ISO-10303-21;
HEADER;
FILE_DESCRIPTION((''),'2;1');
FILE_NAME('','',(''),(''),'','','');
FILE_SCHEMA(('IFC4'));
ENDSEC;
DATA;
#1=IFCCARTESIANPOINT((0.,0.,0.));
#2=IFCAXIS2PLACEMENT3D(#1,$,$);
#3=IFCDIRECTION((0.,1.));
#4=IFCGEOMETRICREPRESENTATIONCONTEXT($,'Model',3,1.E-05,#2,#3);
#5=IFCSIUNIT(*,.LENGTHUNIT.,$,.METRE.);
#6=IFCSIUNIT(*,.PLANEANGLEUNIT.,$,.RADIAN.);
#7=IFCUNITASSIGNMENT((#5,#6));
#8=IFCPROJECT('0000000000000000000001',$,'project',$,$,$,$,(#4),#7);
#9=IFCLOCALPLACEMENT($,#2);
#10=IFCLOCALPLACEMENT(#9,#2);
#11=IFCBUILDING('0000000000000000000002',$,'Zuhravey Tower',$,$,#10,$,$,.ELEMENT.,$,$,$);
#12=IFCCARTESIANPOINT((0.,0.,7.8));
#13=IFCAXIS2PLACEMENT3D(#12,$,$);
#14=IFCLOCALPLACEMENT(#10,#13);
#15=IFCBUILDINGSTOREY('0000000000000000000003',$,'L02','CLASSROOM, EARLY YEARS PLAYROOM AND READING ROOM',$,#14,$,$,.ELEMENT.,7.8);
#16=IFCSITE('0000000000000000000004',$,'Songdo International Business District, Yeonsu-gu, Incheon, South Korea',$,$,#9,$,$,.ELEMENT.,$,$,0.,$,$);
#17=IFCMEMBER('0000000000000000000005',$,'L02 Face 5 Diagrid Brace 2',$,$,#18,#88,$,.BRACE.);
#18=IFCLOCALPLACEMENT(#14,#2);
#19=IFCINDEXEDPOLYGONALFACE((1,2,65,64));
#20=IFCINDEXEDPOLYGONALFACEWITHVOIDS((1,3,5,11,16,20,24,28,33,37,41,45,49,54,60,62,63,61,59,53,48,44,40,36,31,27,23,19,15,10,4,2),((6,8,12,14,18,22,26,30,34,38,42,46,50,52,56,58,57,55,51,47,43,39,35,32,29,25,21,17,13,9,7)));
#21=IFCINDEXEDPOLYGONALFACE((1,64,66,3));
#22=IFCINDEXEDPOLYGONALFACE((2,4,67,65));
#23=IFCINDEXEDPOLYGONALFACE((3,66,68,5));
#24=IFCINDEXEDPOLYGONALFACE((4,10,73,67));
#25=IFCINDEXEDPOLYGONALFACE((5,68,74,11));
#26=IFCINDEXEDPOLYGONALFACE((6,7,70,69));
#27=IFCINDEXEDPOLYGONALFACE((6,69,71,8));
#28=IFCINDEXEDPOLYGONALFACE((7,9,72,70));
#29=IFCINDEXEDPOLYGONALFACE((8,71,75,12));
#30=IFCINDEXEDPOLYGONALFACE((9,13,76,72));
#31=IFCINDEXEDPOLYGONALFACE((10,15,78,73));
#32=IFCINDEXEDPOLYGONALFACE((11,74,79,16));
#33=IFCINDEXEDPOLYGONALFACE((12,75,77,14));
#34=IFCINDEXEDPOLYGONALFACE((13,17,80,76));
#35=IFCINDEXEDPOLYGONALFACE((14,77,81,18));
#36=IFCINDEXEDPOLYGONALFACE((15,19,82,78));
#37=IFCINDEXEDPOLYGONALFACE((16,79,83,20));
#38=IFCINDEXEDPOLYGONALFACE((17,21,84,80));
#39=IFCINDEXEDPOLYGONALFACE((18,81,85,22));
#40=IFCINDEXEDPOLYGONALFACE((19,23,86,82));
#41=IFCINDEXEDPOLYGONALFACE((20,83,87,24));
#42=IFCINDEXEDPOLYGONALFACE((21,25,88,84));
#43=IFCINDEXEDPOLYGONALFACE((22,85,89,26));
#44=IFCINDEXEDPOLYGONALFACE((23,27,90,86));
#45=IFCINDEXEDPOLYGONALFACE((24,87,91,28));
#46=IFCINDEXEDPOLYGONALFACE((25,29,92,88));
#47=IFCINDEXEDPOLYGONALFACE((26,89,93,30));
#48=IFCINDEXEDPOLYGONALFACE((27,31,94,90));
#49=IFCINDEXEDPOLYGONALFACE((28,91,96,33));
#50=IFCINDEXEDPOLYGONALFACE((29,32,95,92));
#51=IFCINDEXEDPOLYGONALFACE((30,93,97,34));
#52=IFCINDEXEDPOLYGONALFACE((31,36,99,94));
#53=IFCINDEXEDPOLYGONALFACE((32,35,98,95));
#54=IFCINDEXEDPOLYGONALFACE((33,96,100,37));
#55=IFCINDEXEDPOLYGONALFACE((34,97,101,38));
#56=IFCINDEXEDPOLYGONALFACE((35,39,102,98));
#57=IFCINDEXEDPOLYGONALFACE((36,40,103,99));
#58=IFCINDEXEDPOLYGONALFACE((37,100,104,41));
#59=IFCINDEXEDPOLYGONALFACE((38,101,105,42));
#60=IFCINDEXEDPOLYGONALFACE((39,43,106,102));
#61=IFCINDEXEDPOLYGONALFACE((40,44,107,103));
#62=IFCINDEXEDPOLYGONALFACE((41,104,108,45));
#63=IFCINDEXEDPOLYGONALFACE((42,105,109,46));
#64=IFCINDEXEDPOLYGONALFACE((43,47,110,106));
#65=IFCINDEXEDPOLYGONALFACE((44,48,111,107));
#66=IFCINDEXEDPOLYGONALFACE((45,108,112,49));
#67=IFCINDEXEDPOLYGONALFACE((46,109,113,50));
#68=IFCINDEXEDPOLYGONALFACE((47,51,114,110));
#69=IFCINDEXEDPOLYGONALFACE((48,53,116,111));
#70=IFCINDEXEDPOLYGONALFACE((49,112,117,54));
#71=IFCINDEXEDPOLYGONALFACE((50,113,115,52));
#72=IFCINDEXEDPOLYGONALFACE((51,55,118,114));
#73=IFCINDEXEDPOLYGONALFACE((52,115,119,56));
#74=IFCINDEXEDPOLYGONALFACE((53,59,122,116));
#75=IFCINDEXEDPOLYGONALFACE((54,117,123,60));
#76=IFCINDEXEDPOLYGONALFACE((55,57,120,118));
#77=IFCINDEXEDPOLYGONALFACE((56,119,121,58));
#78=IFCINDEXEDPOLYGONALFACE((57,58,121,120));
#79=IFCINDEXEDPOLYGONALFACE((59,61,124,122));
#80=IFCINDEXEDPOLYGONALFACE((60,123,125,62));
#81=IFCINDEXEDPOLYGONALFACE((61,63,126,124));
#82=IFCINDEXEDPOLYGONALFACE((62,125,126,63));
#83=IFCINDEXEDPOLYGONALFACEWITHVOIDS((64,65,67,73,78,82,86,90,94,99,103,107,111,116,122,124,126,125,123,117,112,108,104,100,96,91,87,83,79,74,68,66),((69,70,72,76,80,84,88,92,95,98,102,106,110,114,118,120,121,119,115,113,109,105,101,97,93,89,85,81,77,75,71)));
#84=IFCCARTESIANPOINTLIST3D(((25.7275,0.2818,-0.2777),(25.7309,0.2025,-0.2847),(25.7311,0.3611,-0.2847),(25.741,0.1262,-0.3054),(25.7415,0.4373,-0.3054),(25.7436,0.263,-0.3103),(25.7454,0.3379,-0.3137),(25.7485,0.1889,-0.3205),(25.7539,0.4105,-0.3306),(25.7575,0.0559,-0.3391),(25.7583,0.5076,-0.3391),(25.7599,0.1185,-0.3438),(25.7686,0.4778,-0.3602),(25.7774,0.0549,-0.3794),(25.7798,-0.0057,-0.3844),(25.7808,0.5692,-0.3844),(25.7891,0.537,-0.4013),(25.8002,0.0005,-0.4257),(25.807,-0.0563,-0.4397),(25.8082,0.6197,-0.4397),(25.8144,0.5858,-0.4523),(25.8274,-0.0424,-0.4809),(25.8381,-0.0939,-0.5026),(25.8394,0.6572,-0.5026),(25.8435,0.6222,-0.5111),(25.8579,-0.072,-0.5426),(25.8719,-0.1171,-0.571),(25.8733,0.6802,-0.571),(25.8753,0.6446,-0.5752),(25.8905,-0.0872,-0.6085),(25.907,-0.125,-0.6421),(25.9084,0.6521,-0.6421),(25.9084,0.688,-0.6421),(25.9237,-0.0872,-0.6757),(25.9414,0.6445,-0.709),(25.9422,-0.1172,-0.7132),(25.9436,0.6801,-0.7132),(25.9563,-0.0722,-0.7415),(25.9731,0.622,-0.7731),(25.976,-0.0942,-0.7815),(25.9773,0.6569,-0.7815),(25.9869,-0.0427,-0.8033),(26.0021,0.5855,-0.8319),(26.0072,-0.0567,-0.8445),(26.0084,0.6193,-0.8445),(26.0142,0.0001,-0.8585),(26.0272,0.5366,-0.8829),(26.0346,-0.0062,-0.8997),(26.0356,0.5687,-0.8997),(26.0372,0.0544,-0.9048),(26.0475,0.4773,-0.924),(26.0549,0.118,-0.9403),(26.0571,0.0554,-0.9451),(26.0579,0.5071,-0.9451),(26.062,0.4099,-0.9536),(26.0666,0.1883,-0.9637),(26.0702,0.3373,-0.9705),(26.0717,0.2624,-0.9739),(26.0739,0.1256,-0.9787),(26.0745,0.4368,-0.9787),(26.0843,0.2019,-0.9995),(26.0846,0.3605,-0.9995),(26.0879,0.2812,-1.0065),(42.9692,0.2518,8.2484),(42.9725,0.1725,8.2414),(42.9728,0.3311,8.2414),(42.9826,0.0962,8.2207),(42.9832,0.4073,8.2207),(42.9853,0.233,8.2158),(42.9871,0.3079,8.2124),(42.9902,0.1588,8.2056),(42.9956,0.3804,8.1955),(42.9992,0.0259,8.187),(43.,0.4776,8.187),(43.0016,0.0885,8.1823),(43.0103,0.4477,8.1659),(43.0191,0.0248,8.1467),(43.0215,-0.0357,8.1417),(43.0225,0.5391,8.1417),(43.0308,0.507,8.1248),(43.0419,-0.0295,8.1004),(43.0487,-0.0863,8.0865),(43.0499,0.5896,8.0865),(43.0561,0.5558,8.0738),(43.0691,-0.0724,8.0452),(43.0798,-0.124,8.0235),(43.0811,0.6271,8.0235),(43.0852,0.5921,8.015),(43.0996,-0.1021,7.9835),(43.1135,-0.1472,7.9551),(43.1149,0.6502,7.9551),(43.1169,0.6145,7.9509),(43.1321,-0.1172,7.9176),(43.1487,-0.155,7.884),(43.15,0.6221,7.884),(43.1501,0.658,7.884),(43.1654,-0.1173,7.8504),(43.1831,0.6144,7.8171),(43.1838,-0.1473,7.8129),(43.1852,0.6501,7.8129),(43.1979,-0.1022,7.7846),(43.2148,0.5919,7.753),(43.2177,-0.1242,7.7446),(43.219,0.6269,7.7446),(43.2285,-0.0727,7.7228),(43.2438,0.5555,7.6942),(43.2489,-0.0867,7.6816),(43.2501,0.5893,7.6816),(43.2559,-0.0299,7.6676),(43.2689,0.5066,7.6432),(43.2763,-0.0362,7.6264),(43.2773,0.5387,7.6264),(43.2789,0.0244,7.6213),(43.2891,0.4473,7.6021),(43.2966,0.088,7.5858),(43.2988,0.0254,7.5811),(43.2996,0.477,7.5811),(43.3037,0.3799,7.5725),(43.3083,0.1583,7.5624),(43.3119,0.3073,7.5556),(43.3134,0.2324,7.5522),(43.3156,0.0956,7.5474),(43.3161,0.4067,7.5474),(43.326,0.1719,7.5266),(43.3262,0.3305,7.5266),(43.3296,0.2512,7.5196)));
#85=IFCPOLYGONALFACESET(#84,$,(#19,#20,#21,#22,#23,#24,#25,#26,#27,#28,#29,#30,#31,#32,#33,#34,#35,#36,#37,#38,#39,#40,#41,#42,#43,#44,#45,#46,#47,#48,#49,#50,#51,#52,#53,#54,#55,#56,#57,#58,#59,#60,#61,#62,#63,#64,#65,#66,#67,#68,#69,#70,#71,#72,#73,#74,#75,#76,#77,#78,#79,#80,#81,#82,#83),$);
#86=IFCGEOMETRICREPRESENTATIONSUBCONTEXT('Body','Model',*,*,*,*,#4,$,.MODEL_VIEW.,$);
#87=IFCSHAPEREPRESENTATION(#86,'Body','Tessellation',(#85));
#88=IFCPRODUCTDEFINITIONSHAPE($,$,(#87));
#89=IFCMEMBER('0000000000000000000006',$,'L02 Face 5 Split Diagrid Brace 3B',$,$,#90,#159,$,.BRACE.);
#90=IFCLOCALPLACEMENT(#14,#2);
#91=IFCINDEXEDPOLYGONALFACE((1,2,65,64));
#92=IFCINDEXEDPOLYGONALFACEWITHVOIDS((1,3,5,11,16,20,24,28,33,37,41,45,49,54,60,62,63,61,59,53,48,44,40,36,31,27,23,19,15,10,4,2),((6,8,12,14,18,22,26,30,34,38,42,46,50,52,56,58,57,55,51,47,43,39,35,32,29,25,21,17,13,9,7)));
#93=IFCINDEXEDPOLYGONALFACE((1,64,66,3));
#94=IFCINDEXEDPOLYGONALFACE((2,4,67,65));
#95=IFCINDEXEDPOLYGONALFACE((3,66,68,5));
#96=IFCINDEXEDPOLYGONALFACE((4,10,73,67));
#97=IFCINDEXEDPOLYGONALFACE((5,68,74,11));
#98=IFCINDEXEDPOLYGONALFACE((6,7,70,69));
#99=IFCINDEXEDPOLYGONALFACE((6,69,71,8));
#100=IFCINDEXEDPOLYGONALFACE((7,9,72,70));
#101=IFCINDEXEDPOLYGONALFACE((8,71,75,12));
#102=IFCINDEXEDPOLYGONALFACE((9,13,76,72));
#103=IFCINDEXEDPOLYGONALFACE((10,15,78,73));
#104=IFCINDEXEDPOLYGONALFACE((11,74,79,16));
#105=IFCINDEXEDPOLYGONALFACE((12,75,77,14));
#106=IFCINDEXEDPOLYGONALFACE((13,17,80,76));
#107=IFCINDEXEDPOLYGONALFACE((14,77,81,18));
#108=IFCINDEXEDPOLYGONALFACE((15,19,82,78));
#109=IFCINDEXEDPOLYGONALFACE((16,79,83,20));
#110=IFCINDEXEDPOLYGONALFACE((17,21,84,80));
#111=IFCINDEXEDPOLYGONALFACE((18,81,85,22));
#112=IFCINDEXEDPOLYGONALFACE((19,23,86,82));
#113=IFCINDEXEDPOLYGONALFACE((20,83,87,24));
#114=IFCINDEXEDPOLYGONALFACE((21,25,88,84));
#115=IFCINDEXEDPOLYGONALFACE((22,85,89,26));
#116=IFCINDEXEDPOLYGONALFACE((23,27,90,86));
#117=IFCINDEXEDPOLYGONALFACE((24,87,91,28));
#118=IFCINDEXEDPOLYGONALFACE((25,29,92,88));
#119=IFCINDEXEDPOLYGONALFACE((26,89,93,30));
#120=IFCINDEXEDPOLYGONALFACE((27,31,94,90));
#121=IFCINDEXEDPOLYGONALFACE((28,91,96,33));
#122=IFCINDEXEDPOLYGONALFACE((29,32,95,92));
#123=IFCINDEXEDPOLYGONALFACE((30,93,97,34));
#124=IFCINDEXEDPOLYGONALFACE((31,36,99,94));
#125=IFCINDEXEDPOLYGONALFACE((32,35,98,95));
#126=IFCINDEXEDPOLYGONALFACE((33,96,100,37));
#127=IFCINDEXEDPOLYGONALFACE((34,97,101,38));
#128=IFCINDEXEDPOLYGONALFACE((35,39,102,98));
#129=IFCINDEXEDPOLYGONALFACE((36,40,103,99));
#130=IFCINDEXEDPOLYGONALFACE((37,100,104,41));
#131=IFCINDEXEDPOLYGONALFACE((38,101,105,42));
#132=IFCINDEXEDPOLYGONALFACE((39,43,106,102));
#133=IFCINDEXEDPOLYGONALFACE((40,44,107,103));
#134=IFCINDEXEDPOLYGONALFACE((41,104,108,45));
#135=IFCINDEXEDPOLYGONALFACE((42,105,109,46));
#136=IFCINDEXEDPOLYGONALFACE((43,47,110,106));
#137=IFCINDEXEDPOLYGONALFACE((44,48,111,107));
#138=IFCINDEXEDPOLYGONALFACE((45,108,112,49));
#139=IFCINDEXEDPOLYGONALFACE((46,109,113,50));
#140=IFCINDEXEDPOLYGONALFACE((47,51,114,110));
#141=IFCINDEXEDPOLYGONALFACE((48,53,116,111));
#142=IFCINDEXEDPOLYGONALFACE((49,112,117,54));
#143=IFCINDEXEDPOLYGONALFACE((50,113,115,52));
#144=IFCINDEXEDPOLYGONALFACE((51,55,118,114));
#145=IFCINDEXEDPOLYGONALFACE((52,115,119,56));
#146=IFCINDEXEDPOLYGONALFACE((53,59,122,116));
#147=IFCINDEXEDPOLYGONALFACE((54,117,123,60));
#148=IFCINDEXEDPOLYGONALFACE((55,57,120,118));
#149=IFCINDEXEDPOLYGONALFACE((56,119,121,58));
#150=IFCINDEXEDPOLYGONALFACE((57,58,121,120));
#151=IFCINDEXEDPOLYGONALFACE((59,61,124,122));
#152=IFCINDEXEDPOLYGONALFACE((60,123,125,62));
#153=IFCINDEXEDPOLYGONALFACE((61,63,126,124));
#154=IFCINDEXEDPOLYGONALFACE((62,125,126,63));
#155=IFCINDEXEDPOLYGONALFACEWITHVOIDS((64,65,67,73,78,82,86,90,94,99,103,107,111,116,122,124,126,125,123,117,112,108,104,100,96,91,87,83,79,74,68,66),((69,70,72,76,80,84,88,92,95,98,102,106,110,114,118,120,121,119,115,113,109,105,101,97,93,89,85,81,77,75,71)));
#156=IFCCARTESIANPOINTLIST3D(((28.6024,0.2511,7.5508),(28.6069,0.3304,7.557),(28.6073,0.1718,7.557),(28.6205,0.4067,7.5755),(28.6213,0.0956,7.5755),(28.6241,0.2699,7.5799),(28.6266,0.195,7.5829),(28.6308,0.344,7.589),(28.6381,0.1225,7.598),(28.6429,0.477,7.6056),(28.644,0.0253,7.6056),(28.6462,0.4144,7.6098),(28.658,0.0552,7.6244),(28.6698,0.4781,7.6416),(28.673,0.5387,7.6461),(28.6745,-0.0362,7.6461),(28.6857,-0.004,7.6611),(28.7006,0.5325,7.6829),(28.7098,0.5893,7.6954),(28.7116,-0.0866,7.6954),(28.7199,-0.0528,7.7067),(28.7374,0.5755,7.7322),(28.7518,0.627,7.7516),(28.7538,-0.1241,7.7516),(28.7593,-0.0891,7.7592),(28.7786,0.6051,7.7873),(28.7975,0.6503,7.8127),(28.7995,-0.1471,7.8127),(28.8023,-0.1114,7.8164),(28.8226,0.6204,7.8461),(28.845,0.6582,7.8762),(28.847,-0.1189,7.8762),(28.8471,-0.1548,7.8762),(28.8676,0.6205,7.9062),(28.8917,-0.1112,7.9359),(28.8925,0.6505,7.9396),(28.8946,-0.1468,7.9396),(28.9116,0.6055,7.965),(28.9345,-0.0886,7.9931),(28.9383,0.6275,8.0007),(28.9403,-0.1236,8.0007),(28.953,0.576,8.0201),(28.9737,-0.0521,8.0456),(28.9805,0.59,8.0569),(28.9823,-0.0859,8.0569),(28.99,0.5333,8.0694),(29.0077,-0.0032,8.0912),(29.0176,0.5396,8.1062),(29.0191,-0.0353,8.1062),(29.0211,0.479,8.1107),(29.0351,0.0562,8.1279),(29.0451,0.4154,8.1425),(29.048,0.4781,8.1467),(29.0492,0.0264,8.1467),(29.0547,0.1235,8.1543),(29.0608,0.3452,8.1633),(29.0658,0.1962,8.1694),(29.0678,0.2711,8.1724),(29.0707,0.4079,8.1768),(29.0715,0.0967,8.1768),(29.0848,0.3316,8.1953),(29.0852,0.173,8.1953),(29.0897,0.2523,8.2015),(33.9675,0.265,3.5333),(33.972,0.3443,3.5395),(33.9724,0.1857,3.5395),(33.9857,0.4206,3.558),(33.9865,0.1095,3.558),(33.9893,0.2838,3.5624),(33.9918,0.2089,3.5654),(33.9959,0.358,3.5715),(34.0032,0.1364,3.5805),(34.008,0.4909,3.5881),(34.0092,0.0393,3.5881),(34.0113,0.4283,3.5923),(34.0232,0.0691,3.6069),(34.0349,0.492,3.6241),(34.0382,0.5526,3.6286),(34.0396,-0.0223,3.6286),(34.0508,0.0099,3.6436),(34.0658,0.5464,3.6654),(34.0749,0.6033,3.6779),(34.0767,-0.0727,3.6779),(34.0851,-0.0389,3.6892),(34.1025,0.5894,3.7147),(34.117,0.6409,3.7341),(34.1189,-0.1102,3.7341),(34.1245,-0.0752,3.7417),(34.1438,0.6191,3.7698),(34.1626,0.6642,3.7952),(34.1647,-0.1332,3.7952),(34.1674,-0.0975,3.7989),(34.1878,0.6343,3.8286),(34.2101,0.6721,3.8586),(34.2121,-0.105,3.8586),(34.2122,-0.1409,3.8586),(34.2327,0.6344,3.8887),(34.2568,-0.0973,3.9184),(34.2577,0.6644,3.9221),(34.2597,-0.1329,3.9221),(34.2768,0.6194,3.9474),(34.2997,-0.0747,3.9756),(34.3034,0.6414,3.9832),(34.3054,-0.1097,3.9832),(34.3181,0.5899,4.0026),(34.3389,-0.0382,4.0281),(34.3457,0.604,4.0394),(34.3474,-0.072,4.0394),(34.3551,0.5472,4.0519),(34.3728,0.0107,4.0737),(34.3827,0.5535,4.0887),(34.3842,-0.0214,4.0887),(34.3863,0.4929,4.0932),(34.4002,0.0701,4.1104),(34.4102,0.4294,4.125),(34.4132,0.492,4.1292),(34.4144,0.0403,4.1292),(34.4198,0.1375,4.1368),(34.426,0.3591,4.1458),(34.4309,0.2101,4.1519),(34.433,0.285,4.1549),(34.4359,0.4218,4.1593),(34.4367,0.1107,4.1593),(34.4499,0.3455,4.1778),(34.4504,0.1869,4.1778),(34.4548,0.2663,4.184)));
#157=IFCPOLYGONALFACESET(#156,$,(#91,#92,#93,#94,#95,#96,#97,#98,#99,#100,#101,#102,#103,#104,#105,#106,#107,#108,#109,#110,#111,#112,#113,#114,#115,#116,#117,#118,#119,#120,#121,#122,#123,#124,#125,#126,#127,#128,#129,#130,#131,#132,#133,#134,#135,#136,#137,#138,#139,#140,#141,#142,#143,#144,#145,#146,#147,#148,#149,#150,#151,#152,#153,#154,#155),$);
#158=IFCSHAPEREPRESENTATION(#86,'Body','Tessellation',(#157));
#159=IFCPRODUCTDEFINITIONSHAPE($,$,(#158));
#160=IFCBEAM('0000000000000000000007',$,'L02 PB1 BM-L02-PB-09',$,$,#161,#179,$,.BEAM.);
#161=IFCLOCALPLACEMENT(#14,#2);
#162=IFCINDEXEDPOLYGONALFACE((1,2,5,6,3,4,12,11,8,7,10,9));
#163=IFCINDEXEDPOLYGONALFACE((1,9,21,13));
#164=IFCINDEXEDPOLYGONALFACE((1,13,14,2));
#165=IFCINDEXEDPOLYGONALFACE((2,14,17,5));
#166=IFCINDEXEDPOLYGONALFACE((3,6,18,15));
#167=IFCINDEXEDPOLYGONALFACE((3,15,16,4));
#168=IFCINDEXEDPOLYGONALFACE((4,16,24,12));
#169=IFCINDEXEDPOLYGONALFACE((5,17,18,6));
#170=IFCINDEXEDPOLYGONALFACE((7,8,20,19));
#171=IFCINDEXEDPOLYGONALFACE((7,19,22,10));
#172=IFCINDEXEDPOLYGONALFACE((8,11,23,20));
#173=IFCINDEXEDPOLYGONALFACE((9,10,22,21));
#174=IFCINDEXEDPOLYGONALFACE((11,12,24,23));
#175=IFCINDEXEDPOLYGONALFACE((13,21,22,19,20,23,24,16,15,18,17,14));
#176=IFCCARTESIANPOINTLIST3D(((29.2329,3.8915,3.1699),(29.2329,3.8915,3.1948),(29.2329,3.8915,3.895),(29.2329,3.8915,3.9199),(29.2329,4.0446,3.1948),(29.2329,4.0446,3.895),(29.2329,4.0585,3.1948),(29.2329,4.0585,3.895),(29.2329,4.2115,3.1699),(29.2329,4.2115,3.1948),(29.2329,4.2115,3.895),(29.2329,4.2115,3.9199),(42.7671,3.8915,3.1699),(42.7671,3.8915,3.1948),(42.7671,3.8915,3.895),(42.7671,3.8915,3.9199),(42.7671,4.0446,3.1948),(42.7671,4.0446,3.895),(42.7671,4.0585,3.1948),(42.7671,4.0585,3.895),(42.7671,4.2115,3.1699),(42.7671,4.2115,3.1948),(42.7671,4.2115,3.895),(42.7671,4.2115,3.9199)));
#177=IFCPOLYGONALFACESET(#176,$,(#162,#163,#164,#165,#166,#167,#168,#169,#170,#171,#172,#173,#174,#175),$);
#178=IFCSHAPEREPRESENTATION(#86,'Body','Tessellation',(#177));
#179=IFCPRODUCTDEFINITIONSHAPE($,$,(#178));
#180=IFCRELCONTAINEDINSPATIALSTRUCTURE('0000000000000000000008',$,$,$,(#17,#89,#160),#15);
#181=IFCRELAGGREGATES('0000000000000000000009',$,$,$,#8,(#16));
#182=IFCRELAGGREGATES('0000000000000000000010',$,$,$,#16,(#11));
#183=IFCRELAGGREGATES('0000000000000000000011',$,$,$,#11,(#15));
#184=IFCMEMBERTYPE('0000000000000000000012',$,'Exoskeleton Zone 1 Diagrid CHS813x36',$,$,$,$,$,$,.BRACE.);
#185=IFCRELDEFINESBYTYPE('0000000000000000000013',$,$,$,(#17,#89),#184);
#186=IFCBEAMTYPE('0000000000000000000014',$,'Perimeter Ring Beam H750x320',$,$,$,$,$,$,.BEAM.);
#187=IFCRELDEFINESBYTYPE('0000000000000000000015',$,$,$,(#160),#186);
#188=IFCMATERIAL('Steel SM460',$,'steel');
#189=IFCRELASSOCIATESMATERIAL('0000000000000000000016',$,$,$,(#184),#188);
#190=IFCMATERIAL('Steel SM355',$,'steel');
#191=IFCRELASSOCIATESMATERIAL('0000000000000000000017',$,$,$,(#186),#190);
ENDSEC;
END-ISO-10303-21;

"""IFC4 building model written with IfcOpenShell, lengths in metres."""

from ifc_helpers import new_model, si_unit, direction, frame, origin, origin_2d, place, context, subcontext, project, spatial, hollow_circle, i_section, extrude, material, material_profile, profile_set, type_object, element, save


model = new_model("IFC4")

# Units and contexts
model_context = context("Model", 3, precision=1e-05, world=origin(), true_north=direction((0.0, 1.0)))
body_context = subcontext(model_context, "Body", "Model", "MODEL_VIEW")
ifc_project = project(units=[si_unit("LENGTHUNIT", "METRE"), si_unit("PLANEANGLEUNIT", "RADIAN")], contexts=[model_context])

# Site, building, storey
site_placement = place(None, origin())
site = spatial("IfcSite", under=ifc_project, at=site_placement, Name="Songdo International Business District, Yeonsu-gu, Incheon, South Korea", CompositionType="ELEMENT", RefElevation=0.0)
building_placement = place(site_placement, origin())
building = spatial("IfcBuilding", under=site, at=building_placement, Name="Zuhravey Tower", CompositionType="ELEMENT")
storey_placement = place(building_placement, frame((0.0, 0.0, 7.8)))
storey = spatial("IfcBuildingStorey", under=building, at=storey_placement, Name="L02", Description="CLASSROOM, EARLY YEARS PLAYROOM AND READING ROOM", CompositionType="ELEMENT", Elevation=7.8)

# Members
ifc_material_1 = material(Name="Steel SM355", Category="steel")
ifc_material_2 = material(Name="Steel SM460", Category="steel")
ifc_material_profile_1 = material_profile(ifc_material_2, hollow_circle(Radius=0.4065, WallThickness=0.0359, at=origin_2d()), Name="CHS-812.8x36")
ifc_profile_set_1 = profile_set([ifc_material_profile_1], Name="Steel SM460")
member_type_1 = type_object("IfcMemberType", Name="Exoskeleton Zone 1 Diagrid CHS813x36", PredefinedType="BRACE", material=ifc_profile_set_1)
member_1_placement = place(storey_placement, frame((25.9077, 0.2815, -0.6421), z_axis=(0.896387, -0.001561, 0.443269), x_axis=(0.001742, 0.999998, 0.0)))
element("IfcMember", 1, at=member_1_placement, inside=storey, type_object=member_type_1, Name="L02 Face 5 Diagrid Brace 2", PredefinedType="BRACE", context=body_context, shape_type="SweptSolid", body=[
    extrude(hollow_circle(Radius=0.4065, WallThickness=0.0359, at=origin_2d()), origin(), (0.0, 0.0, 1.0), 19.2346),
])
member_2_placement = place(storey_placement, frame((34.2112, 0.2656, 3.8586), z_axis=(-0.800453, -0.002076, 0.599392), x_axis=(0.002594, -0.999997, 0.0)))
element("IfcMember", 2, at=member_2_placement, inside=storey, type_object=member_type_1, Name="L02 Face 5 Split Diagrid Brace 3B", PredefinedType="BRACE", context=body_context, shape_type="SweptSolid", body=[
    extrude(hollow_circle(Radius=0.4065, WallThickness=0.0359, at=origin_2d()), origin(), (0.0, 0.0, 1.0), 6.7026),
])

# Beam
ifc_material_profile_2 = material_profile(ifc_material_1, i_section(OverallWidth=0.3201, OverallDepth=0.75, WebThickness=0.0139, FlangeThickness=0.0249, at=origin_2d()), Name="H-750x320x14x25")
ifc_profile_set_2 = profile_set([ifc_material_profile_2], Name="Steel SM355")
beam_type_1 = type_object("IfcBeamType", Name="Perimeter Ring Beam H750x320", PredefinedType="BEAM", material=ifc_profile_set_2)
beam_1_placement = place(storey_placement, frame((29.2329, 4.0515, 3.5449), z_axis=(1.0, 0.0, 0.0), x_axis=(0.0, 1.0, 0.0)))
element("IfcBeam", 3, at=beam_1_placement, inside=storey, type_object=beam_type_1, Name="L02 PB1 BM-L02-PB-09", PredefinedType="BEAM", context=body_context, shape_type="SweptSolid", body=[
    extrude(i_section(OverallWidth=0.3201, OverallDepth=0.75, WebThickness=0.0139, FlangeThickness=0.0249, at=origin_2d()), origin(), (0.0, 0.0, 1.0), 13.5342),
])

save(model, "model.ifc")
